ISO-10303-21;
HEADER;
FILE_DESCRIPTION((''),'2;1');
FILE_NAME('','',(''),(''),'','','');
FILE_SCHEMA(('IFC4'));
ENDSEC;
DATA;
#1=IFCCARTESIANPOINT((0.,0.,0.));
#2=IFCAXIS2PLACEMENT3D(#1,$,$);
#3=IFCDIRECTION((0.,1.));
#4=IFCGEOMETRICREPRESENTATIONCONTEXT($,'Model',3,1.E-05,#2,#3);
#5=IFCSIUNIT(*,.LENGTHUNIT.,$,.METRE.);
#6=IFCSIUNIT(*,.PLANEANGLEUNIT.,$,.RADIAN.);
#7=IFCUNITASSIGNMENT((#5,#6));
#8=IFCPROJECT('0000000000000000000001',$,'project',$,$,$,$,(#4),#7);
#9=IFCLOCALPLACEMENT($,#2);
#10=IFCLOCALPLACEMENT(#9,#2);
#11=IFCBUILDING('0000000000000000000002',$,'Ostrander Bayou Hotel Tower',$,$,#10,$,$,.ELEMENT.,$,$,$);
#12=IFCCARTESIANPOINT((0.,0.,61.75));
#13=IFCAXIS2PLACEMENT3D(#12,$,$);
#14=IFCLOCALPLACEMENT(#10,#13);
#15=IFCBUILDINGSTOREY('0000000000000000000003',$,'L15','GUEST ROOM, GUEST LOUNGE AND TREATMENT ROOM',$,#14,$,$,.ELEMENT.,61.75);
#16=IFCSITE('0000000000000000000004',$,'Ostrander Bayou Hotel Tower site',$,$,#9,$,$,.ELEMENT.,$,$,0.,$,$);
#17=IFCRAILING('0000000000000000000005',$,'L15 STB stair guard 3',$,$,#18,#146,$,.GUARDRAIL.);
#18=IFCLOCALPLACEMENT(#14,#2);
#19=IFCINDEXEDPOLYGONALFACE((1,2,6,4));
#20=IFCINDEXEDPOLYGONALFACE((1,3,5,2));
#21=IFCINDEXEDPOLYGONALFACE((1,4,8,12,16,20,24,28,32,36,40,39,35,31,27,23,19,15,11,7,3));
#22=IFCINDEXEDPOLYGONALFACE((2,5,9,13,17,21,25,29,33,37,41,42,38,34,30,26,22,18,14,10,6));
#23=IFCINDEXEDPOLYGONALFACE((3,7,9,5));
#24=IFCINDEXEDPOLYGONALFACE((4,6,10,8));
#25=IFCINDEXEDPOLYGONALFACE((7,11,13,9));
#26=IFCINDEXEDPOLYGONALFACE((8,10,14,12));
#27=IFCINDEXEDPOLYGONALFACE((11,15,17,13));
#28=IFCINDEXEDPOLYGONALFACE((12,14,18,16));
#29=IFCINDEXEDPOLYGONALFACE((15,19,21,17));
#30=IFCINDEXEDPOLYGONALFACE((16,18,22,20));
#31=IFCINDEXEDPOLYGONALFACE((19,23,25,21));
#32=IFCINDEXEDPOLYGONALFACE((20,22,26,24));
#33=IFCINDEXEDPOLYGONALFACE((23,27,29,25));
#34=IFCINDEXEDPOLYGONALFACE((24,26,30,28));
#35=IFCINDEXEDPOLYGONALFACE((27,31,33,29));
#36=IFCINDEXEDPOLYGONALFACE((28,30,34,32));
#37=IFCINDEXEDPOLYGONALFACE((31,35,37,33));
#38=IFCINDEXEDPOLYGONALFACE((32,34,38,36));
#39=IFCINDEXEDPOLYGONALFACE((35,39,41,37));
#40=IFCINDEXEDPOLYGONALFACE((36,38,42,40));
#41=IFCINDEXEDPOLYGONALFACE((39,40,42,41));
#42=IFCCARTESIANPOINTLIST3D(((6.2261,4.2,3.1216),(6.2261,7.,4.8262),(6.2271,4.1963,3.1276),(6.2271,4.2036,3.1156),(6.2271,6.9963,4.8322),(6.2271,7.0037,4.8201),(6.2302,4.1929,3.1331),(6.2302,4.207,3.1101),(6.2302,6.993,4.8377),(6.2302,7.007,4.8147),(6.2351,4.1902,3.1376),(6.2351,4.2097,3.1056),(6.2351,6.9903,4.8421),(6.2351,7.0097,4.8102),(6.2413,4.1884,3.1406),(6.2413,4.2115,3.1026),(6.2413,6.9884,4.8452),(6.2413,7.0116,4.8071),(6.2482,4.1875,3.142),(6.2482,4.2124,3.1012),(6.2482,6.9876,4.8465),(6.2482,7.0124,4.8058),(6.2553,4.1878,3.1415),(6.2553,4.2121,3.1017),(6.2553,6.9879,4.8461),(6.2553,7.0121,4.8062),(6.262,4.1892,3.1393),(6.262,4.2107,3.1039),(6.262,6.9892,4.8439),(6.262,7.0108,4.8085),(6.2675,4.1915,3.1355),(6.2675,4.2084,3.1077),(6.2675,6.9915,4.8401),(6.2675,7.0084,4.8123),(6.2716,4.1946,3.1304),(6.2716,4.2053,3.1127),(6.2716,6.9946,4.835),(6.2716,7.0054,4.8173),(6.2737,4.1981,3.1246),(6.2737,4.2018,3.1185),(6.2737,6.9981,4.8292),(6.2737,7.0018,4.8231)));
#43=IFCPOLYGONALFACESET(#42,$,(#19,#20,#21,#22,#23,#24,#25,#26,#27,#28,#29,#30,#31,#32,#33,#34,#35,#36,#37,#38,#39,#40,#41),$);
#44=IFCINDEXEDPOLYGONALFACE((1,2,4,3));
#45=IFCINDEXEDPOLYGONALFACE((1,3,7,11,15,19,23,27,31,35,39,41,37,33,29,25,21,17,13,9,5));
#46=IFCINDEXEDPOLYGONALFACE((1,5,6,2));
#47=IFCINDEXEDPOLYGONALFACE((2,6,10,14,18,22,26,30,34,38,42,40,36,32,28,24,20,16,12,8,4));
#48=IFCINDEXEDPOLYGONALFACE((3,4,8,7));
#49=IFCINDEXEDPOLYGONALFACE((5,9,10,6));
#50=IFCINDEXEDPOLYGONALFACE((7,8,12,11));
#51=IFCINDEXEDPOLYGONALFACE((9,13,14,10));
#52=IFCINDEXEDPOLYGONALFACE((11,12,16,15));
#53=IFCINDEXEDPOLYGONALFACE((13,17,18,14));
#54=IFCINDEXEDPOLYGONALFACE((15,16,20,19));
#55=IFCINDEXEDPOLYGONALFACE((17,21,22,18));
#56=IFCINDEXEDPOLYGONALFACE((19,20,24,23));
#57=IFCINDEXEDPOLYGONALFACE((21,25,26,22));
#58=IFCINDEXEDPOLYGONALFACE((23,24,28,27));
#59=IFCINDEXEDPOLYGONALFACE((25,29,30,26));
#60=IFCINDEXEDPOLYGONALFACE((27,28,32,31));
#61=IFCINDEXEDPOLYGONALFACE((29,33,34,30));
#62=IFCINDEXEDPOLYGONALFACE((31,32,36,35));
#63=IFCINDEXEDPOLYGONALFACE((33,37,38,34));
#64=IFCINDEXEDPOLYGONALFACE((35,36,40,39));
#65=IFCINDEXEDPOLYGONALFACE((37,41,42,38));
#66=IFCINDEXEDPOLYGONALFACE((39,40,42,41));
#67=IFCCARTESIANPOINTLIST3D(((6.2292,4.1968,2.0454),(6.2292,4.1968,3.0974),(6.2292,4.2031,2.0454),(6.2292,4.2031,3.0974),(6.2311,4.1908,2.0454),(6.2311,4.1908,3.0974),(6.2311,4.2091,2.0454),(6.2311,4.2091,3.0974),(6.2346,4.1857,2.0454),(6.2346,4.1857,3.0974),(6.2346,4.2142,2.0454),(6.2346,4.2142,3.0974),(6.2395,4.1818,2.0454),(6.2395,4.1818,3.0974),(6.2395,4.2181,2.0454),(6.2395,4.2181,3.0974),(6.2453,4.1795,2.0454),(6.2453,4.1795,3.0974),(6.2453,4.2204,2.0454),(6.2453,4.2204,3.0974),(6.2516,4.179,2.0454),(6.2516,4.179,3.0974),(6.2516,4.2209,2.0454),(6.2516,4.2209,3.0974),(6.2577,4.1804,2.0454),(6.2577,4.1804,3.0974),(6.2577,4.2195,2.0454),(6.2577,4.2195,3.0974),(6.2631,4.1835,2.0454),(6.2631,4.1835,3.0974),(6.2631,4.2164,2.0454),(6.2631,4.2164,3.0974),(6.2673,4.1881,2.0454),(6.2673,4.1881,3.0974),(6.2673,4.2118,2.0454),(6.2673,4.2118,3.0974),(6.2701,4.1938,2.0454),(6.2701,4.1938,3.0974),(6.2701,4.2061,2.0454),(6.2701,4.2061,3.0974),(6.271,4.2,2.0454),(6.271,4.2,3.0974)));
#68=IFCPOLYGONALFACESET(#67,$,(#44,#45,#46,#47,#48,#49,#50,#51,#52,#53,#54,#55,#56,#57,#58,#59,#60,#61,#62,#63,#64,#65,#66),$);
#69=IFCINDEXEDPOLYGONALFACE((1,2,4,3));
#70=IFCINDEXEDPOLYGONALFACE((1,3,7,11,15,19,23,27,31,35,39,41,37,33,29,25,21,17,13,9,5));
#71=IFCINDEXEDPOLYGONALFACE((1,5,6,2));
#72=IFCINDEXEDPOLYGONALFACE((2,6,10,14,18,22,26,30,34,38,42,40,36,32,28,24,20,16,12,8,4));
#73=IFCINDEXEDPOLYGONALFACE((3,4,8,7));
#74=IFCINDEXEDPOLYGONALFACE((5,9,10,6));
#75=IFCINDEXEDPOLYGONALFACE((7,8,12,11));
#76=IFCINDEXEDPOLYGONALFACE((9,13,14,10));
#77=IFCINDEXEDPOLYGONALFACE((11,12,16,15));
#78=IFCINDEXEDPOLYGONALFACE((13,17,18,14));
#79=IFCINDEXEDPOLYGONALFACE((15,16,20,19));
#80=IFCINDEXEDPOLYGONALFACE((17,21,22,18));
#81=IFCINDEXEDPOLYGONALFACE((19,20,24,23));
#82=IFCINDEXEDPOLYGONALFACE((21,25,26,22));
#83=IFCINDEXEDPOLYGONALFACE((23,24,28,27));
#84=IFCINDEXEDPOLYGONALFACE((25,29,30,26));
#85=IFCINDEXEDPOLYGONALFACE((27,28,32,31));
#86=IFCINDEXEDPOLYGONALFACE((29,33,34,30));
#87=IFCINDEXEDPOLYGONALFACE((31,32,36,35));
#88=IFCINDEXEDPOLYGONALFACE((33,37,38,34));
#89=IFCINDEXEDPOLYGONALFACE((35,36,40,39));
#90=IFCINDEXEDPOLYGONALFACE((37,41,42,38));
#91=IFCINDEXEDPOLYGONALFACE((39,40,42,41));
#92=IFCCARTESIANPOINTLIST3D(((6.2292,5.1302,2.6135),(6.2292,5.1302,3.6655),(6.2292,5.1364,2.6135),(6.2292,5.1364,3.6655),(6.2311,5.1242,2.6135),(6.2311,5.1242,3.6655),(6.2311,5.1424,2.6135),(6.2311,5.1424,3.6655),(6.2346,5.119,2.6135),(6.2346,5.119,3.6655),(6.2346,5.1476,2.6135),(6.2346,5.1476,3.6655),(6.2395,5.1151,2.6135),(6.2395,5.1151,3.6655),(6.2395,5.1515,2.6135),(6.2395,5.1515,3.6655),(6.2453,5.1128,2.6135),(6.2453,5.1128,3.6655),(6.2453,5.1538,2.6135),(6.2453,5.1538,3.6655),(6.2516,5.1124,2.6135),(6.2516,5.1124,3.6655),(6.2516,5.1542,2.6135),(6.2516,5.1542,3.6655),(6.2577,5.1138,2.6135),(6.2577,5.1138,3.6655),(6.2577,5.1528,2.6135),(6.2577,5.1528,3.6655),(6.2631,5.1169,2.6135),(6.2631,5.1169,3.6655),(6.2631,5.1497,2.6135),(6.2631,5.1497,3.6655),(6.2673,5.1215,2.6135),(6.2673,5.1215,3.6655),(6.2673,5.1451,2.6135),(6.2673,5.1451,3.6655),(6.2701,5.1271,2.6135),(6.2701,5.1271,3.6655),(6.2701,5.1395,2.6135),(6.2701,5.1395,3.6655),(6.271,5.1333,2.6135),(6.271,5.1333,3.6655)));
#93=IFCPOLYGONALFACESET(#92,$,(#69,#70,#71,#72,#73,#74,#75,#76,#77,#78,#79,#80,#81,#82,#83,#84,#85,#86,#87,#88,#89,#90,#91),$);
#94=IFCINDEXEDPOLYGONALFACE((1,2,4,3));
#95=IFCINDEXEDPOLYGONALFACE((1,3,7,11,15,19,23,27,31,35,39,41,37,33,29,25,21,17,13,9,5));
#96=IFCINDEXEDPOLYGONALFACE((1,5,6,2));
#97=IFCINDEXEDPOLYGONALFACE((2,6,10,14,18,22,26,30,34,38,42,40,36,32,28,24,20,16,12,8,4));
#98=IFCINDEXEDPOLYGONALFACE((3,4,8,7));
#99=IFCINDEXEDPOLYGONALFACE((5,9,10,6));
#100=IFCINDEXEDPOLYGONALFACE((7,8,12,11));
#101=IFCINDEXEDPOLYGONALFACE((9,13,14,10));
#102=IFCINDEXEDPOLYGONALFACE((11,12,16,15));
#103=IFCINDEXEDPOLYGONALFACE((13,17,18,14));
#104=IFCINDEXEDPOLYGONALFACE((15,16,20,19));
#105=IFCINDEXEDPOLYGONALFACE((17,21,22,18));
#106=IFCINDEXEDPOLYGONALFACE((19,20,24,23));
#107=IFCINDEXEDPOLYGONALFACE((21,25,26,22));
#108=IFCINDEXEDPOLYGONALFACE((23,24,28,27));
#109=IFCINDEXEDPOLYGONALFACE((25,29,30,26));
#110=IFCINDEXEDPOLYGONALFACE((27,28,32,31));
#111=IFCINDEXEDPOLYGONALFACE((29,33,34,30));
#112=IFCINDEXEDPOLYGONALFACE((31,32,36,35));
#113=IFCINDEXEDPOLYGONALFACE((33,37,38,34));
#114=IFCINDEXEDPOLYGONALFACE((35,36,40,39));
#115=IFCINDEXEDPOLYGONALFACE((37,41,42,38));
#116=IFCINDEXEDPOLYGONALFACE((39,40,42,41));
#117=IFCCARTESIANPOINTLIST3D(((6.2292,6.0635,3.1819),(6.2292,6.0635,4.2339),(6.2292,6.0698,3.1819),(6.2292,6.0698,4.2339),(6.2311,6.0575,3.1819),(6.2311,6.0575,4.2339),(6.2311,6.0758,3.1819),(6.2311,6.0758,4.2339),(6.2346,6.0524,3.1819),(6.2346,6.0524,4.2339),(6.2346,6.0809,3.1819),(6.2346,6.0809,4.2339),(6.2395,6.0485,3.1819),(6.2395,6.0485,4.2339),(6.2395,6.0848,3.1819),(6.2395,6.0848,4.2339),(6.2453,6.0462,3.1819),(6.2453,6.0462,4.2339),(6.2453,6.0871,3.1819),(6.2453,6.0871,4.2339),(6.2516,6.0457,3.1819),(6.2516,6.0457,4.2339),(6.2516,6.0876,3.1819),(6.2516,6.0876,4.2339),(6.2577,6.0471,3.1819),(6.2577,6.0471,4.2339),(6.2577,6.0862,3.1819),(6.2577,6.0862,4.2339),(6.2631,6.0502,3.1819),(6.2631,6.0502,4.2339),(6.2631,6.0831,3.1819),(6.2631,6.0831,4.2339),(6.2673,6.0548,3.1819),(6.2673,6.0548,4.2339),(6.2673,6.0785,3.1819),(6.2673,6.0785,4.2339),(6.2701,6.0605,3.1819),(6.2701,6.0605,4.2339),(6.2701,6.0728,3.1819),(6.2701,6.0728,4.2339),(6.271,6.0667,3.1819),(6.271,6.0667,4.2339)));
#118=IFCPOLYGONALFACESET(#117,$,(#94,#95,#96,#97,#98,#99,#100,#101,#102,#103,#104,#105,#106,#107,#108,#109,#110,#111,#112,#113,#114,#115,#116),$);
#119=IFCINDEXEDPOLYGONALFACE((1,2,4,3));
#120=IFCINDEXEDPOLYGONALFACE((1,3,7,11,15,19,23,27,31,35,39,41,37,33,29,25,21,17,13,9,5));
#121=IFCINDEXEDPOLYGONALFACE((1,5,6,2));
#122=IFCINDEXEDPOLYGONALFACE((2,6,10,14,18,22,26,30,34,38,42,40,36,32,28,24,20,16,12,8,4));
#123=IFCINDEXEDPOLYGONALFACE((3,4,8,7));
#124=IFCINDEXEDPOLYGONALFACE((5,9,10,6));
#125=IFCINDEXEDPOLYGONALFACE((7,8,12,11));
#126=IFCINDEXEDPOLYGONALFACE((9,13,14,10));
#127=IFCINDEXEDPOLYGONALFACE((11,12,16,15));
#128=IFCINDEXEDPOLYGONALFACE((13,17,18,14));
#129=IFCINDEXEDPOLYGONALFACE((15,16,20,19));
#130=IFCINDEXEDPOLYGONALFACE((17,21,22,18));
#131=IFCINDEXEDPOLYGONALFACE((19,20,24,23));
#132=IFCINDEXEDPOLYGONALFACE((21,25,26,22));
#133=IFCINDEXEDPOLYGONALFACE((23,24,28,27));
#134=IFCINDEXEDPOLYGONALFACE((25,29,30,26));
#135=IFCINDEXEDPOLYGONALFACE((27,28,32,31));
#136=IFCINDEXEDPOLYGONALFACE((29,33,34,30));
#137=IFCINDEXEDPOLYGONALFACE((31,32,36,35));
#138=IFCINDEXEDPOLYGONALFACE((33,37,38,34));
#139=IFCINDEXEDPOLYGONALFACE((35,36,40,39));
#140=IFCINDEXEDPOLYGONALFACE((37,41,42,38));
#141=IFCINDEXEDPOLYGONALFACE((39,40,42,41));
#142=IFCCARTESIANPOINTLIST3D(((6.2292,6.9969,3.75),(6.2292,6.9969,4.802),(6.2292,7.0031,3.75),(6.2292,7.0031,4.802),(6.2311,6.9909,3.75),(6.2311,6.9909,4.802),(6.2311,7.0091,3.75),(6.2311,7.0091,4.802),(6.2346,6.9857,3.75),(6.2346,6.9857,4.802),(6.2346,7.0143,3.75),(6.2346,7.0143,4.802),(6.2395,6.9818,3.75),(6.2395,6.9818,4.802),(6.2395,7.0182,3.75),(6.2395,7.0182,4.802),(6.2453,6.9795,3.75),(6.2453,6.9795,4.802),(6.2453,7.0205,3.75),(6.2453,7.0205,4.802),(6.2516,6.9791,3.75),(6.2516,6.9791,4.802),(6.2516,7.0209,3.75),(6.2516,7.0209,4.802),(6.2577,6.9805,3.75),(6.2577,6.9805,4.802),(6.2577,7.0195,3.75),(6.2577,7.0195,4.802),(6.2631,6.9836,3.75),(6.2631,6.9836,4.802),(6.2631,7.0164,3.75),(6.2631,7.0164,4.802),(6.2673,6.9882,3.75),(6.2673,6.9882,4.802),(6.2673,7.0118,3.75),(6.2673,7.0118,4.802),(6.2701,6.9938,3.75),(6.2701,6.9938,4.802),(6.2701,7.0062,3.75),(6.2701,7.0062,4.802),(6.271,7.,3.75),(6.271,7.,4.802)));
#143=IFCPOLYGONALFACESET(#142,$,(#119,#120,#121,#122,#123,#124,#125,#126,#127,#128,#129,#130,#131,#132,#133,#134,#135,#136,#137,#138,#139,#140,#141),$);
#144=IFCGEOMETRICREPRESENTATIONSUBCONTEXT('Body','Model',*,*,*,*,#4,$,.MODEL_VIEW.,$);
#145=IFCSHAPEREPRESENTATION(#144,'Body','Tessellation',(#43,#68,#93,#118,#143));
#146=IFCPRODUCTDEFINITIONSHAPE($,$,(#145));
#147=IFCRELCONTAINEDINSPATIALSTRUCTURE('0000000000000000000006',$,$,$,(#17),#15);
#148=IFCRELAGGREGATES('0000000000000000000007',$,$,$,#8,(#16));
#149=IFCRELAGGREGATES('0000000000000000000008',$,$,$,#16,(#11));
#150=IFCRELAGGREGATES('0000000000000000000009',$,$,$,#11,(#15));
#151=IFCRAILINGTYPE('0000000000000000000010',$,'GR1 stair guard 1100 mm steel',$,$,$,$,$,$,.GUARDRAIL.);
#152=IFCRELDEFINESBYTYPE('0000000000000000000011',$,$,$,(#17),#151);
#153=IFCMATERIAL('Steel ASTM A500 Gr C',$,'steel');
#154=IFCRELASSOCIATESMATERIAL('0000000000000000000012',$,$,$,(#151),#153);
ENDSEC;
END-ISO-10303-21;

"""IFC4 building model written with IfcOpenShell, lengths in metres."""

from ifc_helpers import new_model, si_unit, direction, frame, origin, origin_2d, place, context, subcontext, project, spatial, circle, extrude, material, type_object, element, save


model = new_model("IFC4")

# Units and contexts
model_context = context("Model", 3, precision=1e-05, world=origin(), true_north=direction((0.0, 1.0)))
body_context = subcontext(model_context, "Body", "Model", "MODEL_VIEW")
ifc_project = project(units=[si_unit("LENGTHUNIT", "METRE"), si_unit("PLANEANGLEUNIT", "RADIAN")], contexts=[model_context])

# Site, building, storey
site_placement = place(None, origin())
site = spatial("IfcSite", under=ifc_project, at=site_placement, Name="Ostrander Bayou Hotel Tower site", CompositionType="ELEMENT", RefElevation=0.0)
building_placement = place(site_placement, origin())
building = spatial("IfcBuilding", under=site, at=building_placement, Name="Ostrander Bayou Hotel Tower", CompositionType="ELEMENT")
storey_placement = place(building_placement, frame((0.0, 0.0, 61.75)))
storey = spatial("IfcBuildingStorey", under=building, at=storey_placement, Name="L15", Description="GUEST ROOM, GUEST LOUNGE AND TREATMENT ROOM", CompositionType="ELEMENT", Elevation=61.75)

# Railing
ifc_material_1 = material(Name="Steel ASTM A500 Gr C", Category="steel")
railing_type_1 = type_object("IfcRailingType", Name="GR1 stair guard 1100 mm steel", PredefinedType="GUARDRAIL", material=ifc_material_1)
railing_1_placement = place(storey_placement, frame((6.25, 4.2, 2.0454)))
element("IfcRailing", 1, at=railing_1_placement, inside=storey, type_object=railing_type_1, Name="L15 STB stair guard 3", PredefinedType="GUARDRAIL", context=body_context, shape_type="SweptSolid", body=[
    extrude(circle(Radius=0.0239, at=origin_2d()), frame((0.0, 0.0, 1.0762), z_axis=(0.0, 0.85417, 0.519994), x_axis=(-1.0, 0.0, 0.0)), (0.0, 0.0, 1.0), 3.2781),
    extrude(circle(Radius=0.021, at=origin_2d()), origin(), (0.0, 0.0, 1.0), 1.052),
    extrude(circle(Radius=0.021, at=origin_2d()), frame((0.0, 0.9333, 0.5681)), (0.0, 0.0, 1.0), 1.052),
    extrude(circle(Radius=0.021, at=origin_2d()), frame((0.0, 1.8667, 1.1365)), (0.0, 0.0, 1.0), 1.052),
    extrude(circle(Radius=0.021, at=origin_2d()), frame((0.0, 2.8, 1.7046)), (0.0, 0.0, 1.0), 1.052),
])

save(model, "model.ifc")
